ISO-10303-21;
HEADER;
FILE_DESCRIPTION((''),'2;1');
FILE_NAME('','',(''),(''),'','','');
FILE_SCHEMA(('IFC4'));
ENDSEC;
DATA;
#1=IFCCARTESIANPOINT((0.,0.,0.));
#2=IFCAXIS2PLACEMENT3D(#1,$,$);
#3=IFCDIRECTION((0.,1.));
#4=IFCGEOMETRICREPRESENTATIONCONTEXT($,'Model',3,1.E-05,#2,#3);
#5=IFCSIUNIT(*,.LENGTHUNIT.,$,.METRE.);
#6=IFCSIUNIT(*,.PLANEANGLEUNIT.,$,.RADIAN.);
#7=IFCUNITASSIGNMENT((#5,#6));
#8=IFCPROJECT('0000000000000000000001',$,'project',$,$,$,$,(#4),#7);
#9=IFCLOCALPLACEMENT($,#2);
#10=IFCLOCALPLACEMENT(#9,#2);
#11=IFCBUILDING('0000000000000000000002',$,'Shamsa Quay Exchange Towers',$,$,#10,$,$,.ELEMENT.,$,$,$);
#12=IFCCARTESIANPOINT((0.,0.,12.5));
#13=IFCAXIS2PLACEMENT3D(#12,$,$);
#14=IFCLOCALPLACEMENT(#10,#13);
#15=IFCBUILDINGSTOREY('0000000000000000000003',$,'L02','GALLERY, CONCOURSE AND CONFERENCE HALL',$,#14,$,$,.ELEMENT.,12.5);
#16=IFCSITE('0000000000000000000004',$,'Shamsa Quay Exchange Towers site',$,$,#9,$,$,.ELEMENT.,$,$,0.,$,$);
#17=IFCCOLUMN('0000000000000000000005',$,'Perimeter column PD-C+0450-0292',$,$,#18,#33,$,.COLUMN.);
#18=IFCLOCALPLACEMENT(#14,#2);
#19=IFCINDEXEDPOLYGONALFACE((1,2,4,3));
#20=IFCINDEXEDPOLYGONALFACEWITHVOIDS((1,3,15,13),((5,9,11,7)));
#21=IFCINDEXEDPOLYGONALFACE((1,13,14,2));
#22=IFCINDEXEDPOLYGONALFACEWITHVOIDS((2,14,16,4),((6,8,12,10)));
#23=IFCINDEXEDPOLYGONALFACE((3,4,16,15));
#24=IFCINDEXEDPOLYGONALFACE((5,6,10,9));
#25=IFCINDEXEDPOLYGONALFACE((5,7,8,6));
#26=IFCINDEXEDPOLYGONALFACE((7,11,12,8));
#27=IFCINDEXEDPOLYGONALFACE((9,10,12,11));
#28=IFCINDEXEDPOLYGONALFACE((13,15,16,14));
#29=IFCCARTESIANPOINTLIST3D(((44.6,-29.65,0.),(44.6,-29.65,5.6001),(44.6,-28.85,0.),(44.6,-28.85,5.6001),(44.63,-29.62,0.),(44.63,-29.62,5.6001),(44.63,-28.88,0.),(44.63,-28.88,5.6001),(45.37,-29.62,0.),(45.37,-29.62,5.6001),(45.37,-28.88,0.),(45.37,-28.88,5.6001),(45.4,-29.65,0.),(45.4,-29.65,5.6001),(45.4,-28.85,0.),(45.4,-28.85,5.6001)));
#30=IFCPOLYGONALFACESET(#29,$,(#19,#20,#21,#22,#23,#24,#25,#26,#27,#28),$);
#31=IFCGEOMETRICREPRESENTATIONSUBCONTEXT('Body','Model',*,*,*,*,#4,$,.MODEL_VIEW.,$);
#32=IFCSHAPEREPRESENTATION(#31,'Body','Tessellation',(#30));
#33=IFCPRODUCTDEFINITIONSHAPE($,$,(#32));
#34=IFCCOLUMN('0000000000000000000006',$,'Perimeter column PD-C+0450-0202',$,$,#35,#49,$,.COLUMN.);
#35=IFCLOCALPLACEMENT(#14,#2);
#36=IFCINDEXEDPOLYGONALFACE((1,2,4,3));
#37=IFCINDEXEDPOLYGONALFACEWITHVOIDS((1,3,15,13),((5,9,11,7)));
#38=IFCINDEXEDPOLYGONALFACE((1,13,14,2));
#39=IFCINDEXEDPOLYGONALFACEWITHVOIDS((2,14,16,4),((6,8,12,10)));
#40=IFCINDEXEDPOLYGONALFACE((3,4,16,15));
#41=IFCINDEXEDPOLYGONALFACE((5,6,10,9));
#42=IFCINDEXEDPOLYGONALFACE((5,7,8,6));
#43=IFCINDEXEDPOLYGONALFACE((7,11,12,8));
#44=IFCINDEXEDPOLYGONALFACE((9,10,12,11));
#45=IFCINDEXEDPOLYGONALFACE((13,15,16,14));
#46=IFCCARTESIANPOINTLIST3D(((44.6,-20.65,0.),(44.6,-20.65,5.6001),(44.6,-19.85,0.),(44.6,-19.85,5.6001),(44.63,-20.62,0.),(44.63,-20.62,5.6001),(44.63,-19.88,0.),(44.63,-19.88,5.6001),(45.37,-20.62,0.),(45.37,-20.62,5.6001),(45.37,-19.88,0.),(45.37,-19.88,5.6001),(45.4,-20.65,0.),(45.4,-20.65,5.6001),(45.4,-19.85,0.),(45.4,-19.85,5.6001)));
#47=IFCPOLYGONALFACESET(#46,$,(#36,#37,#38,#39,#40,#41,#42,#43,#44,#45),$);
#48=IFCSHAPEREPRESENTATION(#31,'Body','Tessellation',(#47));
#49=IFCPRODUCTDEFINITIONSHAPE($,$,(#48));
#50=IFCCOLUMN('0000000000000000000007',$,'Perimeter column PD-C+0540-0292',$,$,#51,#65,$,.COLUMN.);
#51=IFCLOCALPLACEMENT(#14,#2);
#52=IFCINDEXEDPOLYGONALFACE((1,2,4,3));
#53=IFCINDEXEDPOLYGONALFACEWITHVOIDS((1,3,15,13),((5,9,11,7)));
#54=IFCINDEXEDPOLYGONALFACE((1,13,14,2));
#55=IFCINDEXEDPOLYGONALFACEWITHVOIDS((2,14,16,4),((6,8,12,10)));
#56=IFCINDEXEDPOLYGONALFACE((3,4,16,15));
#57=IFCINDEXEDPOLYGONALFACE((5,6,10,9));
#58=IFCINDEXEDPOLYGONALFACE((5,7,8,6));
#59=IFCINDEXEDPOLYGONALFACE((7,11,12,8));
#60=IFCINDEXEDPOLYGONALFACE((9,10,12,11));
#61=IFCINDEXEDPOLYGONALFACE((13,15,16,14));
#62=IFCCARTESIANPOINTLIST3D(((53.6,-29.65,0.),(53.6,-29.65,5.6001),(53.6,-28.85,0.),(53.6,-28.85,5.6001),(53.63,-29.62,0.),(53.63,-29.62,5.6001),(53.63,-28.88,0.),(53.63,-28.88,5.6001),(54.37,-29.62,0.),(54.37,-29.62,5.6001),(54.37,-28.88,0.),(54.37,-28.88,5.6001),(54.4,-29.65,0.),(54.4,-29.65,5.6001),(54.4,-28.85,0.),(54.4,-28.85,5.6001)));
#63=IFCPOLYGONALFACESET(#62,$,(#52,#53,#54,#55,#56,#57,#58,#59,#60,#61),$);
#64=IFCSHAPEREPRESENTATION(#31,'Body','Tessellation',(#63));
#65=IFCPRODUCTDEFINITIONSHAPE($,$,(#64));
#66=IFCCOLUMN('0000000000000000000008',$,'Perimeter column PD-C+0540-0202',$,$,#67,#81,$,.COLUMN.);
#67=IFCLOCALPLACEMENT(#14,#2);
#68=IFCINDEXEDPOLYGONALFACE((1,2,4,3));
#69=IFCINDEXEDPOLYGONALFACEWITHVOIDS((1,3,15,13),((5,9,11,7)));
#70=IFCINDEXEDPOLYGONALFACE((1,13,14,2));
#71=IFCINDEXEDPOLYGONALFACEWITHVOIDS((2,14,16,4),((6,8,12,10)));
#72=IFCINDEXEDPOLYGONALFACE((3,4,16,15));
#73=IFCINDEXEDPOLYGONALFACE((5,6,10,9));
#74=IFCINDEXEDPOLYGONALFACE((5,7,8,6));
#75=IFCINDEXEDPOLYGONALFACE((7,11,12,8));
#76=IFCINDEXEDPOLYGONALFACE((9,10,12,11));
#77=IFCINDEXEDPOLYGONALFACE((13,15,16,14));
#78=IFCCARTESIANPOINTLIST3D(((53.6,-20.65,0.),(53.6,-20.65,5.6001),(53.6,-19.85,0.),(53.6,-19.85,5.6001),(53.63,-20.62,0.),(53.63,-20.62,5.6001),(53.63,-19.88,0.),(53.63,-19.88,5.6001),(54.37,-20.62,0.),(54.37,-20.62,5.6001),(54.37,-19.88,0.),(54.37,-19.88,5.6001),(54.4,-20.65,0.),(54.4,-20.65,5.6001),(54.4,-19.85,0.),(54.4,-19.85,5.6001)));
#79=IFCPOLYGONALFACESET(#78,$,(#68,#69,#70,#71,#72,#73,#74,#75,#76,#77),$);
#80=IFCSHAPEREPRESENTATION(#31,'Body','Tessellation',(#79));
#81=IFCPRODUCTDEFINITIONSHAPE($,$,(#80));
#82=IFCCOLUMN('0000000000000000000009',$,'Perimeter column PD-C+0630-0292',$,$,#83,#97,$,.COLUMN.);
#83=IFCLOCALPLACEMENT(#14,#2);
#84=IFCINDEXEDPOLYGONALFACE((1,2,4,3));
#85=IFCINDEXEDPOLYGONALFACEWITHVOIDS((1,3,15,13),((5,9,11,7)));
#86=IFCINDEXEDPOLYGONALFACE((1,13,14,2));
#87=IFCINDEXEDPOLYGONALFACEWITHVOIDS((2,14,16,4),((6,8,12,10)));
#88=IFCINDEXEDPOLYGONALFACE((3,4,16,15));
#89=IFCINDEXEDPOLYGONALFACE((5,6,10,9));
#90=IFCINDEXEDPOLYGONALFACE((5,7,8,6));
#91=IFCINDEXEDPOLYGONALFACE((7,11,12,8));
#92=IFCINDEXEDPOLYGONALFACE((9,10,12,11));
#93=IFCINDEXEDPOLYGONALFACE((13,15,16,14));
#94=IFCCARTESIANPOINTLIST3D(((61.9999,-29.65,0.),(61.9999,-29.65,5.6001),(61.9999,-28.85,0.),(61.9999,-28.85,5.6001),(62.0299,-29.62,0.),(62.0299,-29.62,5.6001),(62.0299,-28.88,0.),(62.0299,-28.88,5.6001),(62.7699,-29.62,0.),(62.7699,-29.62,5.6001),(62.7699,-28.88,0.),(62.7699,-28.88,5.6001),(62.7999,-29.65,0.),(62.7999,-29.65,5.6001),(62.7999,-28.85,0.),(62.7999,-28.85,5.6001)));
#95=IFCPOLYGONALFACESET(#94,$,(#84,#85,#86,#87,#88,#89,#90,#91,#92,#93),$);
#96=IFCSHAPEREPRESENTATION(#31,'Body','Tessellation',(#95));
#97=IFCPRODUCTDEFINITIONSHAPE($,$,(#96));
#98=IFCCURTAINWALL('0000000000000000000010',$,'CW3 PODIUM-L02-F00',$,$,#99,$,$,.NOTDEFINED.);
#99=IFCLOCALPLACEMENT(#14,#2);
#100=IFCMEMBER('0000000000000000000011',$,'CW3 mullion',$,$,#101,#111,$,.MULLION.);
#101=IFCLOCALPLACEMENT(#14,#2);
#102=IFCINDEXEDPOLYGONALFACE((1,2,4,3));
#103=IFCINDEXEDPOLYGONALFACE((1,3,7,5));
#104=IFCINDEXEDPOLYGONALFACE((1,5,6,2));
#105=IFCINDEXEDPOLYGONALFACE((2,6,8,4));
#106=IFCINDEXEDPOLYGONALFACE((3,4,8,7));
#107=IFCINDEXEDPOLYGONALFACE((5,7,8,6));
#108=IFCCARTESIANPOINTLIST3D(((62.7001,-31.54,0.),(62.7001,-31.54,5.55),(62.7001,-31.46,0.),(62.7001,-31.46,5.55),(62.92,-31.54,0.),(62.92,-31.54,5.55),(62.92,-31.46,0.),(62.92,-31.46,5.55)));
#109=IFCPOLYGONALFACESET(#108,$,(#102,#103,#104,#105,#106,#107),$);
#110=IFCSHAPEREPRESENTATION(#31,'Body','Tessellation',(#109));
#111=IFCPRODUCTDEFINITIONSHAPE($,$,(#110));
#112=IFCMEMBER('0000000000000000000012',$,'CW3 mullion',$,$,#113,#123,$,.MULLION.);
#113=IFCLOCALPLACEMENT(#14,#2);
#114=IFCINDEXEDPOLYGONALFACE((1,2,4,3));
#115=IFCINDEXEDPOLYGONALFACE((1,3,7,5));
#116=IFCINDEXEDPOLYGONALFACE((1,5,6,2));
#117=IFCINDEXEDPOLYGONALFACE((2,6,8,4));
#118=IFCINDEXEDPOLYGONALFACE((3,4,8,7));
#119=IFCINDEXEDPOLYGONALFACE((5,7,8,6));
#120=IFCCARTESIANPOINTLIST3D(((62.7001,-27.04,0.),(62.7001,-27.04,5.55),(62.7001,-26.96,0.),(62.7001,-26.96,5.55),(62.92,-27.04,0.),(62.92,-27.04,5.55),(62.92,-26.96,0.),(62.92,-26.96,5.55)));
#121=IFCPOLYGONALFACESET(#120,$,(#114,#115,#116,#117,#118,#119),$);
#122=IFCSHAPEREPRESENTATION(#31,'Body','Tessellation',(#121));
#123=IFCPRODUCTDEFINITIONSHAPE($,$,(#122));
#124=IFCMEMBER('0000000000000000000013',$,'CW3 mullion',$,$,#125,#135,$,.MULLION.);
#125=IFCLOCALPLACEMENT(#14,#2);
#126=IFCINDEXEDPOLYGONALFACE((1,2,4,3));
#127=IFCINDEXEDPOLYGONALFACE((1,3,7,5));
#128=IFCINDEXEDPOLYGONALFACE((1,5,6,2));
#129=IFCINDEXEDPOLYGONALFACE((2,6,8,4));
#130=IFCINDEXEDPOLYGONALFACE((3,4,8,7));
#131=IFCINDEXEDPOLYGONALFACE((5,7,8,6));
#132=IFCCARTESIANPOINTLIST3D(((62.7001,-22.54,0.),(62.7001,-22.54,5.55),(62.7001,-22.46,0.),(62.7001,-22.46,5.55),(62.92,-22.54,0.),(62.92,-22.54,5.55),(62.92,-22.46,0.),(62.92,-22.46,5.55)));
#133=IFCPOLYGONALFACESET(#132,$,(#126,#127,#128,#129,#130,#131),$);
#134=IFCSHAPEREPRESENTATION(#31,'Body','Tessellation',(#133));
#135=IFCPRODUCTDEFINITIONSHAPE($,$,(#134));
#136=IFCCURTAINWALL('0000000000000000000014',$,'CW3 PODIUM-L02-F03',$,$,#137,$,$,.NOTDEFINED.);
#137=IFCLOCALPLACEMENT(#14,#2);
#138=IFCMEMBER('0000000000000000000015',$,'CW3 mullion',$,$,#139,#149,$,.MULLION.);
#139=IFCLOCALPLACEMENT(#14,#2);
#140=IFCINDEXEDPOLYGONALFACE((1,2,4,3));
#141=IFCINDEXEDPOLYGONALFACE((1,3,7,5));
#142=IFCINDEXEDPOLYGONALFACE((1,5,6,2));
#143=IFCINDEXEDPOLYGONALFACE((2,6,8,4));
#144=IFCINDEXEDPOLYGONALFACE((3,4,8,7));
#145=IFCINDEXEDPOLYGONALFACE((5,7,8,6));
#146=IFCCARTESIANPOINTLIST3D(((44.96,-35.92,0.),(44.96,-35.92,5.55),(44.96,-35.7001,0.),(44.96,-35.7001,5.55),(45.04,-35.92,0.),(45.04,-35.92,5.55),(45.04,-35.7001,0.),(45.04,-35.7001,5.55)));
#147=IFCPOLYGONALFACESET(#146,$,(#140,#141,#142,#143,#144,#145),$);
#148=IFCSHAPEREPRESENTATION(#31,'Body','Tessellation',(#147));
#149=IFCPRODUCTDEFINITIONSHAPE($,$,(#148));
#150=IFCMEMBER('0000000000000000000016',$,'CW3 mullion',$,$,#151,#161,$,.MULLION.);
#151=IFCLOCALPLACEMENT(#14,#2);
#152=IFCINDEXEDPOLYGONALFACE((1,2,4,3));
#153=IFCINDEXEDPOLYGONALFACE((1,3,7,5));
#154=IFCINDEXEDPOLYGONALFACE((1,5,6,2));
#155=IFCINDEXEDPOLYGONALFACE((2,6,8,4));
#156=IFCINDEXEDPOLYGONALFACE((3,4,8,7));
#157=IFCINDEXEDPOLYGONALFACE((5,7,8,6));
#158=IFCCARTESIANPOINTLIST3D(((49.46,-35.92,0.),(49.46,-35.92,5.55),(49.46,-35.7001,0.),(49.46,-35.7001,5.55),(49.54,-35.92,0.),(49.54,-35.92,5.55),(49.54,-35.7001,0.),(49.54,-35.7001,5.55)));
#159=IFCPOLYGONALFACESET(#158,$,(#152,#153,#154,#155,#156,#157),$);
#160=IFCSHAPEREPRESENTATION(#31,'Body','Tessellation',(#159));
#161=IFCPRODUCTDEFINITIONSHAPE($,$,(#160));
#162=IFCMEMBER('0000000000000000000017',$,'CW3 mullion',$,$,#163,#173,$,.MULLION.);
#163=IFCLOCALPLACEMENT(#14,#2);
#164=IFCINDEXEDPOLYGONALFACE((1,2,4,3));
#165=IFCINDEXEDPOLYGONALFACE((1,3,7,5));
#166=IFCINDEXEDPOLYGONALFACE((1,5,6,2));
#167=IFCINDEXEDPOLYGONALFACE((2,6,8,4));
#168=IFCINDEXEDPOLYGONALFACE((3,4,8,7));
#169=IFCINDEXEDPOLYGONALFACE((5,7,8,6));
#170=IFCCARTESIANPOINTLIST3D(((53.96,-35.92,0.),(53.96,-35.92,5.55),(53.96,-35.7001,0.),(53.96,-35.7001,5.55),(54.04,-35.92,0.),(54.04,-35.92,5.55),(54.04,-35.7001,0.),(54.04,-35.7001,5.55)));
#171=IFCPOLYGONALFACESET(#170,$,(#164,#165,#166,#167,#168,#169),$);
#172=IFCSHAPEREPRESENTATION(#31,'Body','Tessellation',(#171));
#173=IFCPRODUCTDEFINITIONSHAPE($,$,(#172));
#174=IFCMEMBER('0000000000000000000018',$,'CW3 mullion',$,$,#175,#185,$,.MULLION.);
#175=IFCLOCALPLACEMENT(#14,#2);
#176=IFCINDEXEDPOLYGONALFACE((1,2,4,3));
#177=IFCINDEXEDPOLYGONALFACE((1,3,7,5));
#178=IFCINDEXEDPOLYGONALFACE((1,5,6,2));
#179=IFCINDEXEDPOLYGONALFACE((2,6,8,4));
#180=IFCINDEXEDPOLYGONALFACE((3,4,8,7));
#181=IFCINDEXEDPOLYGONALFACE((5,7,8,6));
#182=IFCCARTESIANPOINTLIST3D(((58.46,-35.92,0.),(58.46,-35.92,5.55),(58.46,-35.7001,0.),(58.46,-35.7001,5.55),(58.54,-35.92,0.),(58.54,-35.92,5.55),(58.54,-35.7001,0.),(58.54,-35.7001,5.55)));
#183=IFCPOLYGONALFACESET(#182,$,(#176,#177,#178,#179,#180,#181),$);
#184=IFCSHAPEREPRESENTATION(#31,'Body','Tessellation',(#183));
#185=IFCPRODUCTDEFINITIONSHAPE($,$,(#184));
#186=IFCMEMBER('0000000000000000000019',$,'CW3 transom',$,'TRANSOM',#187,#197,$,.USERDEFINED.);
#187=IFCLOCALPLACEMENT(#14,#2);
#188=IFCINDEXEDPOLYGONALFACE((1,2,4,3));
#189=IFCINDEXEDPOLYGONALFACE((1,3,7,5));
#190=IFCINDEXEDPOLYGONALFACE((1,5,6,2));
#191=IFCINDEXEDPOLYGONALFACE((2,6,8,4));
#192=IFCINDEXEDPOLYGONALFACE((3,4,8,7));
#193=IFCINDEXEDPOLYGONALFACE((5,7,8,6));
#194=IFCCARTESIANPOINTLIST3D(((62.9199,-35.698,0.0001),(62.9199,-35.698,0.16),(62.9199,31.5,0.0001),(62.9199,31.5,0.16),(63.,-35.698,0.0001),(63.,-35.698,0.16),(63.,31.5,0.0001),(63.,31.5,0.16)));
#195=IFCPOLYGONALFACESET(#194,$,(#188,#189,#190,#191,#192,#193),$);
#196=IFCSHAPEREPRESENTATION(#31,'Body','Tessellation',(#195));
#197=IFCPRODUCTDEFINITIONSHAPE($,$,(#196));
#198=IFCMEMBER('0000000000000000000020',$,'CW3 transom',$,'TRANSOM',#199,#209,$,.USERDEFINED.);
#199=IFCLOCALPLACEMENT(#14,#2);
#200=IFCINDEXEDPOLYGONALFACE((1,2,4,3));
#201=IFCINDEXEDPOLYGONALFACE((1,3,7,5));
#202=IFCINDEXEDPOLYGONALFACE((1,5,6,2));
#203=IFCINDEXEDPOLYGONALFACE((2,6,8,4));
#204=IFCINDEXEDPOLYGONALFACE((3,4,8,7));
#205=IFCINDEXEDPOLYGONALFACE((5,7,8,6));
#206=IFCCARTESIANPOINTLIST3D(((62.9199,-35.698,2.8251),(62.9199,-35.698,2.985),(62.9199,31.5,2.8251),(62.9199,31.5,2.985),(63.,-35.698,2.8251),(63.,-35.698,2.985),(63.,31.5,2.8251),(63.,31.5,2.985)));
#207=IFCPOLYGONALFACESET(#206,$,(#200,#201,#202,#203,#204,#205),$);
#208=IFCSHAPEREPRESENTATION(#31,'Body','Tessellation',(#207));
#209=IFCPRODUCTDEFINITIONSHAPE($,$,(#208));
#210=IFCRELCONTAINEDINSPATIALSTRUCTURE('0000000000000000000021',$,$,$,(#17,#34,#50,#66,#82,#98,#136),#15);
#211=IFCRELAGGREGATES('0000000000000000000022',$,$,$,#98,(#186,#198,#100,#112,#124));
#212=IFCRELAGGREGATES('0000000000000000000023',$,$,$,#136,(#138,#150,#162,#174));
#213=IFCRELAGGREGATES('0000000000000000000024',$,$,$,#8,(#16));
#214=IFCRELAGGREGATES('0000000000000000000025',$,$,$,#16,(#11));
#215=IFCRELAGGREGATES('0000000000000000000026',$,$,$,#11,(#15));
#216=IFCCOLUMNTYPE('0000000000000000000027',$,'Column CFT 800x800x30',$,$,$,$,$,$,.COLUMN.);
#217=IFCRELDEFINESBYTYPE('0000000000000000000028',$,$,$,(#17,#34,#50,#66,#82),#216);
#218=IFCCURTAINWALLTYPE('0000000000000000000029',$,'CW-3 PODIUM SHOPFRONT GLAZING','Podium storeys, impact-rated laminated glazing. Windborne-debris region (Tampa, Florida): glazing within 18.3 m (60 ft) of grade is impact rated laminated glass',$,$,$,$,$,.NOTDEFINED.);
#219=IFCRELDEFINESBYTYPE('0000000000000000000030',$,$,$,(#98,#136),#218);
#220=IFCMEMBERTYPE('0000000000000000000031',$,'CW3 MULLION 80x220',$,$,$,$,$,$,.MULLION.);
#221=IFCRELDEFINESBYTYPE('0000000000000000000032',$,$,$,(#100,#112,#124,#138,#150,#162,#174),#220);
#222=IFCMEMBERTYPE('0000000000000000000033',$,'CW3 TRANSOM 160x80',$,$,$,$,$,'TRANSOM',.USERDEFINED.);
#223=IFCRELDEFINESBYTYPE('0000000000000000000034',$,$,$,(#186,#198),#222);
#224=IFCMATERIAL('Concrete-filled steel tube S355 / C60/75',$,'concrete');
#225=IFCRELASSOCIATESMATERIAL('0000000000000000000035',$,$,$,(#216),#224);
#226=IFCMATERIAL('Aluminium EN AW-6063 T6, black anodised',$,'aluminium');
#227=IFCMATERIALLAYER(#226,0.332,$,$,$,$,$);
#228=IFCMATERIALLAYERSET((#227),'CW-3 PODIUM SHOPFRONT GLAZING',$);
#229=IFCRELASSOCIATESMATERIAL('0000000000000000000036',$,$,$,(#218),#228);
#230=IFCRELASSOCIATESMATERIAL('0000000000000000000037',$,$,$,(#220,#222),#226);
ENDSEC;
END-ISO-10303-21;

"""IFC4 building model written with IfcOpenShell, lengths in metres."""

from ifc_helpers import new_model, si_unit, direction, frame, origin, origin_2d, place, context, subcontext, project, spatial, rectangle, hollow_rectangle, extrude, material, layer, layer_set, material_profile, profile_set, type_object, element, aggregate, save


model = new_model("IFC4")

# Units and contexts
model_context = context("Model", 3, precision=1e-05, world=origin(), true_north=direction((0.0, 1.0)))
body_context = subcontext(model_context, "Body", "Model", "MODEL_VIEW")
ifc_project = project(units=[si_unit("LENGTHUNIT", "METRE"), si_unit("PLANEANGLEUNIT", "RADIAN")], contexts=[model_context])

# Site, building, storey
site_placement = place(None, origin())
site = spatial("IfcSite", under=ifc_project, at=site_placement, Name="Shamsa Quay Exchange Towers site", CompositionType="ELEMENT", RefElevation=0.0)
building_placement = place(site_placement, origin())
building = spatial("IfcBuilding", under=site, at=building_placement, Name="Shamsa Quay Exchange Towers", CompositionType="ELEMENT")
storey_placement = place(building_placement, frame((0.0, 0.0, 12.5)))
storey = spatial("IfcBuildingStorey", under=building, at=storey_placement, Name="L02", Description="GALLERY, CONCOURSE AND CONFERENCE HALL", CompositionType="ELEMENT", Elevation=12.5)

# Columns
ifc_material_1 = material(Name="Concrete-filled steel tube S355 / C60/75", Category="concrete")
ifc_material_profile_1 = material_profile(ifc_material_1, hollow_rectangle(XDim=0.8, YDim=0.8, WallThickness=0.03, at=origin_2d()), Name="CFT 800x800x30")
ifc_profile_set_1 = profile_set([ifc_material_profile_1], Name="Concrete-filled steel tube S355 / C60/75")
column_type = type_object("IfcColumnType", Name="Column CFT 800x800x30", PredefinedType="COLUMN", material=ifc_profile_set_1)
for number, where, name in (
    (1, (45.0, -29.25, 0.0), "Perimeter column PD-C+0450-0292"),
    (2, (45.0, -20.25, 0.0), "Perimeter column PD-C+0450-0202"),
    (3, (54.0, -29.25, 0.0), "Perimeter column PD-C+0540-0292"),
    (4, (54.0, -20.25, 0.0), "Perimeter column PD-C+0540-0202"),
    (5, (62.3999, -29.25, 0.0), "Perimeter column PD-C+0630-0292"),
):
    element("IfcColumn", number, at=place(storey_placement, frame(where)), inside=storey, type_object=column_type, Name=name, PredefinedType="COLUMN", context=body_context, shape_type="SweptSolid", body=[
        extrude(hollow_rectangle(XDim=0.8, YDim=0.8, WallThickness=0.03, at=origin_2d()), origin(), (0.0, 0.0, 1.0), 5.6001),
    ])

# Curtain walls, members
ifc_material_2 = material(Name="Aluminium EN AW-6063 T6, black anodised", Category="aluminium")
ifc_layer_1 = layer(ifc_material_2, 0.332)
ifc_layer_set_1 = layer_set([ifc_layer_1], Name="CW-3 PODIUM SHOPFRONT GLAZING")
curtain_wall_type = type_object("IfcCurtainWallType", Name="CW-3 PODIUM SHOPFRONT GLAZING", Description="Podium storeys, impact-rated laminated glazing. Windborne-debris region (Tampa, Florida): glazing within 18.3 m (60 ft) of grade is impact rated laminated glass", PredefinedType="NOTDEFINED", material=ifc_layer_set_1)
curtain_wall_1_placement = place(storey_placement, origin())
curtain_wall_1 = element("IfcCurtainWall", 6, at=curtain_wall_1_placement, inside=storey, type_object=curtain_wall_type, Name="CW3 PODIUM-L02-F00", PredefinedType="NOTDEFINED")
ifc_material_profile_2 = material_profile(ifc_material_2, rectangle(XDim=0.22, YDim=0.0801, at=origin_2d()), Name="MU80x220")
ifc_profile_set_2 = profile_set([ifc_material_profile_2], Name="Aluminium EN AW-6063 T6, black anodised")
member_type_1 = type_object("IfcMemberType", Name="CW3 MULLION 80x220", PredefinedType="MULLION", material=ifc_profile_set_2)
member_1_placement = place(storey_placement, frame((62.8101, -31.5, 0.0), z_axis=(0.0, 0.0, 1.0), x_axis=(-1.0, 0.0, 0.0)))
member_1 = element("IfcMember", 7, at=member_1_placement, type_object=member_type_1, Name="CW3 mullion", PredefinedType="MULLION", context=body_context, shape_type="SweptSolid", body=[
    extrude(rectangle(XDim=0.22, YDim=0.0801, at=origin_2d()), origin(), (0.0, 0.0, 1.0), 5.55),
])
member_2_placement = place(storey_placement, frame((62.8101, -27.0, 0.0), z_axis=(0.0, 0.0, 1.0), x_axis=(-1.0, 0.0, 0.0)))
member_2 = element("IfcMember", 8, at=member_2_placement, type_object=member_type_1, Name="CW3 mullion", PredefinedType="MULLION", context=body_context, shape_type="SweptSolid", body=[
    extrude(rectangle(XDim=0.22, YDim=0.0801, at=origin_2d()), origin(), (0.0, 0.0, 1.0), 5.55),
])
member_3_placement = place(storey_placement, frame((62.8101, -22.5, 0.0), z_axis=(0.0, 0.0, 1.0), x_axis=(-1.0, 0.0, 0.0)))
member_3 = element("IfcMember", 9, at=member_3_placement, type_object=member_type_1, Name="CW3 mullion", PredefinedType="MULLION", context=body_context, shape_type="SweptSolid", body=[
    extrude(rectangle(XDim=0.22, YDim=0.0801, at=origin_2d()), origin(), (0.0, 0.0, 1.0), 5.55),
])
curtain_wall_2_placement = place(storey_placement, origin())
curtain_wall_2 = element("IfcCurtainWall", 10, at=curtain_wall_2_placement, inside=storey, type_object=curtain_wall_type, Name="CW3 PODIUM-L02-F03", PredefinedType="NOTDEFINED")
member_4_placement = place(storey_placement, frame((45.0, -35.8101, 0.0), z_axis=(0.0, 0.0, 1.0), x_axis=(0.0, 1.0, 0.0)))
member_4 = element("IfcMember", 11, at=member_4_placement, type_object=member_type_1, Name="CW3 mullion", PredefinedType="MULLION", context=body_context, shape_type="SweptSolid", body=[
    extrude(rectangle(XDim=0.22, YDim=0.0801, at=origin_2d()), origin(), (0.0, 0.0, 1.0), 5.55),
])
member_5_placement = place(storey_placement, frame((49.5, -35.8101, 0.0), z_axis=(0.0, 0.0, 1.0), x_axis=(0.0, 1.0, 0.0)))
member_5 = element("IfcMember", 12, at=member_5_placement, type_object=member_type_1, Name="CW3 mullion", PredefinedType="MULLION", context=body_context, shape_type="SweptSolid", body=[
    extrude(rectangle(XDim=0.22, YDim=0.0801, at=origin_2d()), origin(), (0.0, 0.0, 1.0), 5.55),
])
member_6_placement = place(storey_placement, frame((54.0, -35.8101, 0.0), z_axis=(0.0, 0.0, 1.0), x_axis=(0.0, 1.0, 0.0)))
member_6 = element("IfcMember", 13, at=member_6_placement, type_object=member_type_1, Name="CW3 mullion", PredefinedType="MULLION", context=body_context, shape_type="SweptSolid", body=[
    extrude(rectangle(XDim=0.22, YDim=0.0801, at=origin_2d()), origin(), (0.0, 0.0, 1.0), 5.55),
])
member_7_placement = place(storey_placement, frame((58.5, -35.8101, 0.0), z_axis=(0.0, 0.0, 1.0), x_axis=(0.0, 1.0, 0.0)))
member_7 = element("IfcMember", 14, at=member_7_placement, type_object=member_type_1, Name="CW3 mullion", PredefinedType="MULLION", context=body_context, shape_type="SweptSolid", body=[
    extrude(rectangle(XDim=0.22, YDim=0.0801, at=origin_2d()), origin(), (0.0, 0.0, 1.0), 5.55),
])

# Members
ifc_material_profile_3 = material_profile(ifc_material_2, rectangle(XDim=0.0801, YDim=0.1599, at=origin_2d()), Name="TR160x80")
ifc_profile_set_3 = profile_set([ifc_material_profile_3], Name="Aluminium EN AW-6063 T6, black anodised")
member_type_2 = type_object("IfcMemberType", Name="CW3 TRANSOM 160x80", ElementType="TRANSOM", PredefinedType="USERDEFINED", material=ifc_profile_set_3)
member_8_placement = place(storey_placement, frame((62.96, -35.698, 0.0801), z_axis=(0.0, 1.0, 0.0), x_axis=(-1.0, 0.0, 0.0)))
member_8 = element("IfcMember", 15, at=member_8_placement, type_object=member_type_2, Name="CW3 transom", ObjectType="TRANSOM", PredefinedType="USERDEFINED", context=body_context, shape_type="SweptSolid", body=[
    extrude(rectangle(XDim=0.0801, YDim=0.1599, at=origin_2d()), origin(), (0.0, 0.0, 1.0), 67.198),
])
member_9_placement = place(storey_placement, frame((62.96, -35.698, 2.905), z_axis=(0.0, 1.0, 0.0), x_axis=(-1.0, 0.0, 0.0)))
member_9 = element("IfcMember", 16, at=member_9_placement, type_object=member_type_2, Name="CW3 transom", ObjectType="TRANSOM", PredefinedType="USERDEFINED", context=body_context, shape_type="SweptSolid", body=[
    extrude(rectangle(XDim=0.0801, YDim=0.1599, at=origin_2d()), origin(), (0.0, 0.0, 1.0), 67.198),
])

aggregate(curtain_wall_1, [member_8, member_9, member_1, member_2, member_3])
aggregate(curtain_wall_2, [member_4, member_5, member_6, member_7])

save(model, "model.ifc")
